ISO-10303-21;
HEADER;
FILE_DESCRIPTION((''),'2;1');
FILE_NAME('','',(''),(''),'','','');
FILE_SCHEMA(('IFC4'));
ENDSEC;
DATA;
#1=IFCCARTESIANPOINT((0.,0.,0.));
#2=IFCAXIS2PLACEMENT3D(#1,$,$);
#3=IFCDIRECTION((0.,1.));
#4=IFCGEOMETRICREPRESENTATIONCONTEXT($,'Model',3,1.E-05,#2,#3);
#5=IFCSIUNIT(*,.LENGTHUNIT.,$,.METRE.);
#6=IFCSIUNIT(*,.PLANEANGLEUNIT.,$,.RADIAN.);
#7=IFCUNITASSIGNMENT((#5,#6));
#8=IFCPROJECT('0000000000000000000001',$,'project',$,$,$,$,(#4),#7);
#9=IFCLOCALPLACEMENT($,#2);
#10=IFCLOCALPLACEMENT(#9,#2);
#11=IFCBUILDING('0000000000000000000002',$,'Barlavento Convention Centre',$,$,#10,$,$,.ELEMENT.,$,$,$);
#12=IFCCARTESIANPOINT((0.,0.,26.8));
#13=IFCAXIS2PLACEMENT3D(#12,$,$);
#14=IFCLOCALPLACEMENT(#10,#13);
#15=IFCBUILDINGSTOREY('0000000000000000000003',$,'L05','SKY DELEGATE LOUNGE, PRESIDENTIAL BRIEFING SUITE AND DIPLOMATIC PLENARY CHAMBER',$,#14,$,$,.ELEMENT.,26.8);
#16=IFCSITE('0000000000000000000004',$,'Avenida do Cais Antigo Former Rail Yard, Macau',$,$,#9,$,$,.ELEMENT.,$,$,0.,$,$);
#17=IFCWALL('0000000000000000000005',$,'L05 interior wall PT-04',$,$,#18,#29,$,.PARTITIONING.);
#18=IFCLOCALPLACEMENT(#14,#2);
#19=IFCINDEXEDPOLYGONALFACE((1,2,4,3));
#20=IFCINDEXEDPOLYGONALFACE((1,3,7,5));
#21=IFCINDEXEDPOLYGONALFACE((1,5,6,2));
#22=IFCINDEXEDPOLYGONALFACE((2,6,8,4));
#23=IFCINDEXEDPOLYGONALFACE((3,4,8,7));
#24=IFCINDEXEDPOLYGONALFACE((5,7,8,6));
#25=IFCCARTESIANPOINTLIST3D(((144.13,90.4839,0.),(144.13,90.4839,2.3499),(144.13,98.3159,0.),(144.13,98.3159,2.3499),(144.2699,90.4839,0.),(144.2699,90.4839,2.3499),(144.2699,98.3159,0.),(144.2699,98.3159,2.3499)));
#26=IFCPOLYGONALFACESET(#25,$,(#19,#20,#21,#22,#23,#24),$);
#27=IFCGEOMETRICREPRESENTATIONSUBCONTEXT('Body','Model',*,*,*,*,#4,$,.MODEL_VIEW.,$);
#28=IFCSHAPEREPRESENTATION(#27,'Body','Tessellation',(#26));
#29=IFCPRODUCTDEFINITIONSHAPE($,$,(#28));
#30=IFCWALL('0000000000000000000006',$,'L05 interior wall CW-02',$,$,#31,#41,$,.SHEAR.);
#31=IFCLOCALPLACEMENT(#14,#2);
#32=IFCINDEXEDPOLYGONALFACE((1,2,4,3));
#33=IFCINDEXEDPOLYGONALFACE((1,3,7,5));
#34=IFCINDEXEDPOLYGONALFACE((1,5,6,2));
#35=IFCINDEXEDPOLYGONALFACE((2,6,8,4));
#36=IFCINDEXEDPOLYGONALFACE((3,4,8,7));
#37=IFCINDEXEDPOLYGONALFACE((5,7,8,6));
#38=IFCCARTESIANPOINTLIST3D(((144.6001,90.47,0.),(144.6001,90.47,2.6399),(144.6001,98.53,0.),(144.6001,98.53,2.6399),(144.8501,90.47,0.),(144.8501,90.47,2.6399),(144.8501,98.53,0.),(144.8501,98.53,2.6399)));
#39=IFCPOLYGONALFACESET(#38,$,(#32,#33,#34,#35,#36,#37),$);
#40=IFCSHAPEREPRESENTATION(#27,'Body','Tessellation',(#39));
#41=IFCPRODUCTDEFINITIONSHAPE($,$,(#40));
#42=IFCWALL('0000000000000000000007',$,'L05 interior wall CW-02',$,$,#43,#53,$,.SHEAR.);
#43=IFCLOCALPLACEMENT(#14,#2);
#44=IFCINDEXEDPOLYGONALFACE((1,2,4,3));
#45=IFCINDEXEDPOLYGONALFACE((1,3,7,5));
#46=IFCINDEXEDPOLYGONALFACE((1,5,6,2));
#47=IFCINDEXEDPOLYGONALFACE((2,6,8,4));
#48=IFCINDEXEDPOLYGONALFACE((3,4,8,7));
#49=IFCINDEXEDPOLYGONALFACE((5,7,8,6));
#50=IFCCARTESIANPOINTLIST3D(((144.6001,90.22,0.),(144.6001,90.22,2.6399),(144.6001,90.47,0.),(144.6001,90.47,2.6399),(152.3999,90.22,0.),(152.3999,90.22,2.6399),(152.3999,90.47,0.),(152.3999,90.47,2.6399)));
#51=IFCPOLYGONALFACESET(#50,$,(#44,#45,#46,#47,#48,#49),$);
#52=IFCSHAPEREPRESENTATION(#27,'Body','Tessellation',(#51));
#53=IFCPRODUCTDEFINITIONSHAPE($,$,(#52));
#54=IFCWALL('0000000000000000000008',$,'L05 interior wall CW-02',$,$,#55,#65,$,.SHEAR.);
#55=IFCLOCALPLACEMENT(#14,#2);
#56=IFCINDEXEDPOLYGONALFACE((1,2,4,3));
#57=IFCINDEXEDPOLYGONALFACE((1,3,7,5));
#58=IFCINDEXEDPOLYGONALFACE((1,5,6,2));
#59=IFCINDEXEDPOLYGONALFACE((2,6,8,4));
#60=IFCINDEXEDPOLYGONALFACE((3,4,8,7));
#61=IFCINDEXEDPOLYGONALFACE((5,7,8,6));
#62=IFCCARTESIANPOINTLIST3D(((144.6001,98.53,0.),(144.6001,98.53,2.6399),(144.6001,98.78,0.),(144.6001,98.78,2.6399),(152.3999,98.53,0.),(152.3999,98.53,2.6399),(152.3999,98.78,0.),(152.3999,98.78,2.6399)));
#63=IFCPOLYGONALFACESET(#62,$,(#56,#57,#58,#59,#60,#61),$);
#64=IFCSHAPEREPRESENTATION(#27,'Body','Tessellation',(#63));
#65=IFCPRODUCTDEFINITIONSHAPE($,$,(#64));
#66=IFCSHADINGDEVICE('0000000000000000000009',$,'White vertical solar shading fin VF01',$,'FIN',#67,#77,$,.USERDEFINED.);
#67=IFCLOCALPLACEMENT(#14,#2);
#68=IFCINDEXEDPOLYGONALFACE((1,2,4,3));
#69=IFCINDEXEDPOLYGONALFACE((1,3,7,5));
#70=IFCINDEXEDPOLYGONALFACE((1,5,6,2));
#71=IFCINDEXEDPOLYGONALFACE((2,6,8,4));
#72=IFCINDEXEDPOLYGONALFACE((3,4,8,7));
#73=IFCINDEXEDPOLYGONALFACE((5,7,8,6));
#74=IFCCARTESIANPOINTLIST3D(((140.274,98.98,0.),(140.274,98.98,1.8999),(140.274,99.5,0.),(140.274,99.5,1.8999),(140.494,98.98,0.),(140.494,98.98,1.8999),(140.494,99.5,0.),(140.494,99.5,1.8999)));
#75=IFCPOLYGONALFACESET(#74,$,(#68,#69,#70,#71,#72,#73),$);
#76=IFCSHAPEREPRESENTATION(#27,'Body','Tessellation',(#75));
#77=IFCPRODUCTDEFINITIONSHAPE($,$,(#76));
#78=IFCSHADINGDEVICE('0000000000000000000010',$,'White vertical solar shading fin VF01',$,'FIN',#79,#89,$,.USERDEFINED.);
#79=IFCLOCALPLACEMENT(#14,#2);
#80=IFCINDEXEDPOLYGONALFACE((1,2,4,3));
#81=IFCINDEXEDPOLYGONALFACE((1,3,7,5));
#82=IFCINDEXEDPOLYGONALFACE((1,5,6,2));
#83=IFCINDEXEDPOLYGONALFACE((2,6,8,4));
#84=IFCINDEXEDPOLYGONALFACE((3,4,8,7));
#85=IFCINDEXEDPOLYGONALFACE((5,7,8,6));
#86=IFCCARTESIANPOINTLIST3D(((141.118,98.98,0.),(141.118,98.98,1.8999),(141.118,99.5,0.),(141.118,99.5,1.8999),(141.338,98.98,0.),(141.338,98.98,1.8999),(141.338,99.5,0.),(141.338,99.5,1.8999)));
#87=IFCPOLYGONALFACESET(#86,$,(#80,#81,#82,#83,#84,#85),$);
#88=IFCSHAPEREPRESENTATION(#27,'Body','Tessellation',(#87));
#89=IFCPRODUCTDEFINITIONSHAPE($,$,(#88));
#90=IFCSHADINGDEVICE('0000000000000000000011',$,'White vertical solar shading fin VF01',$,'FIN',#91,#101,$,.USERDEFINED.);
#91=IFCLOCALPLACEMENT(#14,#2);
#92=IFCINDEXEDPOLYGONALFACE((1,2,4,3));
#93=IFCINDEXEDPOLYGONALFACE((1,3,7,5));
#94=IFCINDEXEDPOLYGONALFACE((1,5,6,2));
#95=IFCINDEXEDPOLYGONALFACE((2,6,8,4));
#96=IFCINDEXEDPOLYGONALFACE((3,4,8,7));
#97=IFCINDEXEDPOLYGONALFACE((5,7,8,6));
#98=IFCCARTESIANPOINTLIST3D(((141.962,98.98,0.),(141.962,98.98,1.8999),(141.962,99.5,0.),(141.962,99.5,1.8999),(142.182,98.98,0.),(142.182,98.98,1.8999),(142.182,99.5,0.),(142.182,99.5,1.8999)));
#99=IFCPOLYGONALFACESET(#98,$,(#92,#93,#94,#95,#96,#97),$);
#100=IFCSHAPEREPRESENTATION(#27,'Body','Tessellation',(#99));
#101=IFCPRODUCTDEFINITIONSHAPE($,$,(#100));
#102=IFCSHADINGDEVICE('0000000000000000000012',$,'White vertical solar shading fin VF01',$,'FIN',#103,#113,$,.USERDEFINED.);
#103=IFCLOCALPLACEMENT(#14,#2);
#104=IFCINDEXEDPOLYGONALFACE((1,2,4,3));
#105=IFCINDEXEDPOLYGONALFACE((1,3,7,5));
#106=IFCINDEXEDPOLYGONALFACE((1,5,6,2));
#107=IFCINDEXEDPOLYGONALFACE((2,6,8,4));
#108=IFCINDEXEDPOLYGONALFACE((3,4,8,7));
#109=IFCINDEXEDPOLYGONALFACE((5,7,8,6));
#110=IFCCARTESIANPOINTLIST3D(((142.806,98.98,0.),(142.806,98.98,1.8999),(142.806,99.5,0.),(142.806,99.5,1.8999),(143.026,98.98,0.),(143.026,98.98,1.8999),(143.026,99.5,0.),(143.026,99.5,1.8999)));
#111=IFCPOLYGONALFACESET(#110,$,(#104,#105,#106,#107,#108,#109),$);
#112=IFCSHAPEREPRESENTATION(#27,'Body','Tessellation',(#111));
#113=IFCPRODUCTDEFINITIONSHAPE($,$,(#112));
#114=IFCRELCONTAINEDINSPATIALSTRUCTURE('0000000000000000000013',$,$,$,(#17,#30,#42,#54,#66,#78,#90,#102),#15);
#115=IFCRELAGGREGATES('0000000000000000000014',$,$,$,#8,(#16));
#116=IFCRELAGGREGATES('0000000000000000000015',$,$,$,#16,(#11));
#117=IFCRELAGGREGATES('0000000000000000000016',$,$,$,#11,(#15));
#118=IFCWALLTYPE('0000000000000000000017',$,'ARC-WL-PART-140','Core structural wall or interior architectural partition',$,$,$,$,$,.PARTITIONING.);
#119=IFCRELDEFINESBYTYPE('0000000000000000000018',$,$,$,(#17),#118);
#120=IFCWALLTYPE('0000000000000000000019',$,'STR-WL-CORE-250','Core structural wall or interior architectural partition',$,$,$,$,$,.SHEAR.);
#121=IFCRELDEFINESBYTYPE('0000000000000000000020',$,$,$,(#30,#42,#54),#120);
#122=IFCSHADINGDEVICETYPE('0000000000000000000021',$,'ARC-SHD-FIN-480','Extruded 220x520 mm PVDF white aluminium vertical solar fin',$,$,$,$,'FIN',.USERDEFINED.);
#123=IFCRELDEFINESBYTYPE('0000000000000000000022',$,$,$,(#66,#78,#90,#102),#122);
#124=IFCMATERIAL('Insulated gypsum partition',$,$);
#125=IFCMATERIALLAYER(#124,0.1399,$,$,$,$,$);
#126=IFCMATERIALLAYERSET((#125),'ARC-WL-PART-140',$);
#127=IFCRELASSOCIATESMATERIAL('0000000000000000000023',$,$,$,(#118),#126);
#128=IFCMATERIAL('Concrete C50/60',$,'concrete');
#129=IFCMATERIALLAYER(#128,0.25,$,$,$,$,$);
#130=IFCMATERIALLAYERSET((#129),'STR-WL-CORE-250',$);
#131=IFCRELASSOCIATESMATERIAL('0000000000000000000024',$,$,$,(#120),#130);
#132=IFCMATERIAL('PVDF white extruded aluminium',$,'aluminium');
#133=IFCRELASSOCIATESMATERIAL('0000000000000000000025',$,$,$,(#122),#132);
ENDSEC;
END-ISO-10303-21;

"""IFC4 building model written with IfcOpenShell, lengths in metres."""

from ifc_helpers import new_model, si_unit, direction, frame, frame_2d, origin, origin_2d, place, context, subcontext, project, spatial, rectangle, extrude, material, layer, layer_set, type_object, element, save


model = new_model("IFC4")

# Units and contexts
model_context = context("Model", 3, precision=1e-05, world=origin(), true_north=direction((0.0, 1.0)))
body_context = subcontext(model_context, "Body", "Model", "MODEL_VIEW")
ifc_project = project(units=[si_unit("LENGTHUNIT", "METRE"), si_unit("PLANEANGLEUNIT", "RADIAN")], contexts=[model_context])

# Site, building, storey
site_placement = place(None, origin())
site = spatial("IfcSite", under=ifc_project, at=site_placement, Name="Avenida do Cais Antigo Former Rail Yard, Macau", CompositionType="ELEMENT", RefElevation=0.0)
building_placement = place(site_placement, origin())
building = spatial("IfcBuilding", under=site, at=building_placement, Name="Barlavento Convention Centre", CompositionType="ELEMENT")
storey_placement = place(building_placement, frame((0.0, 0.0, 26.8)))
storey = spatial("IfcBuildingStorey", under=building, at=storey_placement, Name="L05", Description="SKY DELEGATE LOUNGE, PRESIDENTIAL BRIEFING SUITE AND DIPLOMATIC PLENARY CHAMBER", CompositionType="ELEMENT", Elevation=26.8)

# Walls
ifc_material_1 = material(Name="Insulated gypsum partition")
ifc_layer_1 = layer(ifc_material_1, 0.1399)
ifc_layer_set_1 = layer_set([ifc_layer_1], Name="ARC-WL-PART-140")
wall_type_1 = type_object("IfcWallType", Name="ARC-WL-PART-140", Description="Core structural wall or interior architectural partition", PredefinedType="PARTITIONING", material=ifc_layer_set_1)
wall_1_placement = place(storey_placement, frame((144.2, 90.4839, 0.0), z_axis=(0.0, 0.0, 1.0), x_axis=(0.0, 1.0, 0.0)))
element("IfcWall", 1, at=wall_1_placement, inside=storey, type_object=wall_type_1, Name="L05 interior wall PT-04", PredefinedType="PARTITIONING", context=body_context, shape_type="SweptSolid", body=[
    extrude(rectangle(XDim=7.832, YDim=0.1399, at=frame_2d((3.916, 0.0))), origin(), (0.0, 0.0, 1.0), 2.3499),
])
ifc_material_2 = material(Name="Concrete C50/60", Category="concrete")
ifc_layer_2 = layer(ifc_material_2, 0.25)
ifc_layer_set_2 = layer_set([ifc_layer_2], Name="STR-WL-CORE-250")
wall_type_2 = type_object("IfcWallType", Name="STR-WL-CORE-250", Description="Core structural wall or interior architectural partition", PredefinedType="SHEAR", material=ifc_layer_set_2)
wall_2_placement = place(storey_placement, frame((144.7251, 90.47, 0.0), z_axis=(0.0, 0.0, 1.0), x_axis=(0.0, 1.0, 0.0)))
element("IfcWall", 2, at=wall_2_placement, inside=storey, type_object=wall_type_2, Name="L05 interior wall CW-02", PredefinedType="SHEAR", context=body_context, shape_type="SweptSolid", body=[
    extrude(rectangle(XDim=8.0601, YDim=0.25, at=frame_2d((4.03, 0.0))), origin(), (0.0, 0.0, 1.0), 2.6399),
])
for number, where, z_axis, x_axis, name in (
    (3, (144.6001, 90.345, 0.0), (0.0, 0.0, 1.0), (1.0, 0.0, 0.0), "L05 interior wall CW-02"),
    (4, (144.6001, 98.655, 0.0), (0.0, 0.0, 1.0), (1.0, 0.0, 0.0), "L05 interior wall CW-02"),
):
    element("IfcWall", number, at=place(storey_placement, frame(where, z_axis=z_axis, x_axis=x_axis)), inside=storey, type_object=wall_type_2, Name=name, PredefinedType="SHEAR", context=body_context, shape_type="SweptSolid", body=[
        extrude(rectangle(XDim=7.7998, YDim=0.25, at=frame_2d((3.8999, 0.0))), origin(), (0.0, 0.0, 1.0), 2.6399),
    ])

# Shading devices
ifc_material_3 = material(Name="PVDF white extruded aluminium", Category="aluminium")
shading_device_type = type_object("IfcShadingDeviceType", Name="ARC-SHD-FIN-480", Description="Extruded 220x520 mm PVDF white aluminium vertical solar fin", ElementType="FIN", PredefinedType="USERDEFINED", material=ifc_material_3)
for number, where, z_axis, x_axis, name in (
    (5, (140.384, 99.24, 0.0), (0.0, 0.0, 1.0), (1.0, 0.0, 0.0), "White vertical solar shading fin VF01"),
    (6, (141.228, 99.24, 0.0), (0.0, 0.0, 1.0), (1.0, 0.0, 0.0), "White vertical solar shading fin VF01"),
    (7, (142.072, 99.24, 0.0), (0.0, 0.0, 1.0), (1.0, 0.0, 0.0), "White vertical solar shading fin VF01"),
    (8, (142.916, 99.24, 0.0), (0.0, 0.0, 1.0), (1.0, 0.0, 0.0), "White vertical solar shading fin VF01"),
):
    element("IfcShadingDevice", number, at=place(storey_placement, frame(where, z_axis=z_axis, x_axis=x_axis)), inside=storey, type_object=shading_device_type, Name=name, ObjectType="FIN", PredefinedType="USERDEFINED", context=body_context, shape_type="SweptSolid", body=[
        extrude(rectangle(XDim=0.22, YDim=0.52, at=origin_2d()), origin(), (0.0, 0.0, 1.0), 1.8999),
    ])

save(model, "model.ifc")
